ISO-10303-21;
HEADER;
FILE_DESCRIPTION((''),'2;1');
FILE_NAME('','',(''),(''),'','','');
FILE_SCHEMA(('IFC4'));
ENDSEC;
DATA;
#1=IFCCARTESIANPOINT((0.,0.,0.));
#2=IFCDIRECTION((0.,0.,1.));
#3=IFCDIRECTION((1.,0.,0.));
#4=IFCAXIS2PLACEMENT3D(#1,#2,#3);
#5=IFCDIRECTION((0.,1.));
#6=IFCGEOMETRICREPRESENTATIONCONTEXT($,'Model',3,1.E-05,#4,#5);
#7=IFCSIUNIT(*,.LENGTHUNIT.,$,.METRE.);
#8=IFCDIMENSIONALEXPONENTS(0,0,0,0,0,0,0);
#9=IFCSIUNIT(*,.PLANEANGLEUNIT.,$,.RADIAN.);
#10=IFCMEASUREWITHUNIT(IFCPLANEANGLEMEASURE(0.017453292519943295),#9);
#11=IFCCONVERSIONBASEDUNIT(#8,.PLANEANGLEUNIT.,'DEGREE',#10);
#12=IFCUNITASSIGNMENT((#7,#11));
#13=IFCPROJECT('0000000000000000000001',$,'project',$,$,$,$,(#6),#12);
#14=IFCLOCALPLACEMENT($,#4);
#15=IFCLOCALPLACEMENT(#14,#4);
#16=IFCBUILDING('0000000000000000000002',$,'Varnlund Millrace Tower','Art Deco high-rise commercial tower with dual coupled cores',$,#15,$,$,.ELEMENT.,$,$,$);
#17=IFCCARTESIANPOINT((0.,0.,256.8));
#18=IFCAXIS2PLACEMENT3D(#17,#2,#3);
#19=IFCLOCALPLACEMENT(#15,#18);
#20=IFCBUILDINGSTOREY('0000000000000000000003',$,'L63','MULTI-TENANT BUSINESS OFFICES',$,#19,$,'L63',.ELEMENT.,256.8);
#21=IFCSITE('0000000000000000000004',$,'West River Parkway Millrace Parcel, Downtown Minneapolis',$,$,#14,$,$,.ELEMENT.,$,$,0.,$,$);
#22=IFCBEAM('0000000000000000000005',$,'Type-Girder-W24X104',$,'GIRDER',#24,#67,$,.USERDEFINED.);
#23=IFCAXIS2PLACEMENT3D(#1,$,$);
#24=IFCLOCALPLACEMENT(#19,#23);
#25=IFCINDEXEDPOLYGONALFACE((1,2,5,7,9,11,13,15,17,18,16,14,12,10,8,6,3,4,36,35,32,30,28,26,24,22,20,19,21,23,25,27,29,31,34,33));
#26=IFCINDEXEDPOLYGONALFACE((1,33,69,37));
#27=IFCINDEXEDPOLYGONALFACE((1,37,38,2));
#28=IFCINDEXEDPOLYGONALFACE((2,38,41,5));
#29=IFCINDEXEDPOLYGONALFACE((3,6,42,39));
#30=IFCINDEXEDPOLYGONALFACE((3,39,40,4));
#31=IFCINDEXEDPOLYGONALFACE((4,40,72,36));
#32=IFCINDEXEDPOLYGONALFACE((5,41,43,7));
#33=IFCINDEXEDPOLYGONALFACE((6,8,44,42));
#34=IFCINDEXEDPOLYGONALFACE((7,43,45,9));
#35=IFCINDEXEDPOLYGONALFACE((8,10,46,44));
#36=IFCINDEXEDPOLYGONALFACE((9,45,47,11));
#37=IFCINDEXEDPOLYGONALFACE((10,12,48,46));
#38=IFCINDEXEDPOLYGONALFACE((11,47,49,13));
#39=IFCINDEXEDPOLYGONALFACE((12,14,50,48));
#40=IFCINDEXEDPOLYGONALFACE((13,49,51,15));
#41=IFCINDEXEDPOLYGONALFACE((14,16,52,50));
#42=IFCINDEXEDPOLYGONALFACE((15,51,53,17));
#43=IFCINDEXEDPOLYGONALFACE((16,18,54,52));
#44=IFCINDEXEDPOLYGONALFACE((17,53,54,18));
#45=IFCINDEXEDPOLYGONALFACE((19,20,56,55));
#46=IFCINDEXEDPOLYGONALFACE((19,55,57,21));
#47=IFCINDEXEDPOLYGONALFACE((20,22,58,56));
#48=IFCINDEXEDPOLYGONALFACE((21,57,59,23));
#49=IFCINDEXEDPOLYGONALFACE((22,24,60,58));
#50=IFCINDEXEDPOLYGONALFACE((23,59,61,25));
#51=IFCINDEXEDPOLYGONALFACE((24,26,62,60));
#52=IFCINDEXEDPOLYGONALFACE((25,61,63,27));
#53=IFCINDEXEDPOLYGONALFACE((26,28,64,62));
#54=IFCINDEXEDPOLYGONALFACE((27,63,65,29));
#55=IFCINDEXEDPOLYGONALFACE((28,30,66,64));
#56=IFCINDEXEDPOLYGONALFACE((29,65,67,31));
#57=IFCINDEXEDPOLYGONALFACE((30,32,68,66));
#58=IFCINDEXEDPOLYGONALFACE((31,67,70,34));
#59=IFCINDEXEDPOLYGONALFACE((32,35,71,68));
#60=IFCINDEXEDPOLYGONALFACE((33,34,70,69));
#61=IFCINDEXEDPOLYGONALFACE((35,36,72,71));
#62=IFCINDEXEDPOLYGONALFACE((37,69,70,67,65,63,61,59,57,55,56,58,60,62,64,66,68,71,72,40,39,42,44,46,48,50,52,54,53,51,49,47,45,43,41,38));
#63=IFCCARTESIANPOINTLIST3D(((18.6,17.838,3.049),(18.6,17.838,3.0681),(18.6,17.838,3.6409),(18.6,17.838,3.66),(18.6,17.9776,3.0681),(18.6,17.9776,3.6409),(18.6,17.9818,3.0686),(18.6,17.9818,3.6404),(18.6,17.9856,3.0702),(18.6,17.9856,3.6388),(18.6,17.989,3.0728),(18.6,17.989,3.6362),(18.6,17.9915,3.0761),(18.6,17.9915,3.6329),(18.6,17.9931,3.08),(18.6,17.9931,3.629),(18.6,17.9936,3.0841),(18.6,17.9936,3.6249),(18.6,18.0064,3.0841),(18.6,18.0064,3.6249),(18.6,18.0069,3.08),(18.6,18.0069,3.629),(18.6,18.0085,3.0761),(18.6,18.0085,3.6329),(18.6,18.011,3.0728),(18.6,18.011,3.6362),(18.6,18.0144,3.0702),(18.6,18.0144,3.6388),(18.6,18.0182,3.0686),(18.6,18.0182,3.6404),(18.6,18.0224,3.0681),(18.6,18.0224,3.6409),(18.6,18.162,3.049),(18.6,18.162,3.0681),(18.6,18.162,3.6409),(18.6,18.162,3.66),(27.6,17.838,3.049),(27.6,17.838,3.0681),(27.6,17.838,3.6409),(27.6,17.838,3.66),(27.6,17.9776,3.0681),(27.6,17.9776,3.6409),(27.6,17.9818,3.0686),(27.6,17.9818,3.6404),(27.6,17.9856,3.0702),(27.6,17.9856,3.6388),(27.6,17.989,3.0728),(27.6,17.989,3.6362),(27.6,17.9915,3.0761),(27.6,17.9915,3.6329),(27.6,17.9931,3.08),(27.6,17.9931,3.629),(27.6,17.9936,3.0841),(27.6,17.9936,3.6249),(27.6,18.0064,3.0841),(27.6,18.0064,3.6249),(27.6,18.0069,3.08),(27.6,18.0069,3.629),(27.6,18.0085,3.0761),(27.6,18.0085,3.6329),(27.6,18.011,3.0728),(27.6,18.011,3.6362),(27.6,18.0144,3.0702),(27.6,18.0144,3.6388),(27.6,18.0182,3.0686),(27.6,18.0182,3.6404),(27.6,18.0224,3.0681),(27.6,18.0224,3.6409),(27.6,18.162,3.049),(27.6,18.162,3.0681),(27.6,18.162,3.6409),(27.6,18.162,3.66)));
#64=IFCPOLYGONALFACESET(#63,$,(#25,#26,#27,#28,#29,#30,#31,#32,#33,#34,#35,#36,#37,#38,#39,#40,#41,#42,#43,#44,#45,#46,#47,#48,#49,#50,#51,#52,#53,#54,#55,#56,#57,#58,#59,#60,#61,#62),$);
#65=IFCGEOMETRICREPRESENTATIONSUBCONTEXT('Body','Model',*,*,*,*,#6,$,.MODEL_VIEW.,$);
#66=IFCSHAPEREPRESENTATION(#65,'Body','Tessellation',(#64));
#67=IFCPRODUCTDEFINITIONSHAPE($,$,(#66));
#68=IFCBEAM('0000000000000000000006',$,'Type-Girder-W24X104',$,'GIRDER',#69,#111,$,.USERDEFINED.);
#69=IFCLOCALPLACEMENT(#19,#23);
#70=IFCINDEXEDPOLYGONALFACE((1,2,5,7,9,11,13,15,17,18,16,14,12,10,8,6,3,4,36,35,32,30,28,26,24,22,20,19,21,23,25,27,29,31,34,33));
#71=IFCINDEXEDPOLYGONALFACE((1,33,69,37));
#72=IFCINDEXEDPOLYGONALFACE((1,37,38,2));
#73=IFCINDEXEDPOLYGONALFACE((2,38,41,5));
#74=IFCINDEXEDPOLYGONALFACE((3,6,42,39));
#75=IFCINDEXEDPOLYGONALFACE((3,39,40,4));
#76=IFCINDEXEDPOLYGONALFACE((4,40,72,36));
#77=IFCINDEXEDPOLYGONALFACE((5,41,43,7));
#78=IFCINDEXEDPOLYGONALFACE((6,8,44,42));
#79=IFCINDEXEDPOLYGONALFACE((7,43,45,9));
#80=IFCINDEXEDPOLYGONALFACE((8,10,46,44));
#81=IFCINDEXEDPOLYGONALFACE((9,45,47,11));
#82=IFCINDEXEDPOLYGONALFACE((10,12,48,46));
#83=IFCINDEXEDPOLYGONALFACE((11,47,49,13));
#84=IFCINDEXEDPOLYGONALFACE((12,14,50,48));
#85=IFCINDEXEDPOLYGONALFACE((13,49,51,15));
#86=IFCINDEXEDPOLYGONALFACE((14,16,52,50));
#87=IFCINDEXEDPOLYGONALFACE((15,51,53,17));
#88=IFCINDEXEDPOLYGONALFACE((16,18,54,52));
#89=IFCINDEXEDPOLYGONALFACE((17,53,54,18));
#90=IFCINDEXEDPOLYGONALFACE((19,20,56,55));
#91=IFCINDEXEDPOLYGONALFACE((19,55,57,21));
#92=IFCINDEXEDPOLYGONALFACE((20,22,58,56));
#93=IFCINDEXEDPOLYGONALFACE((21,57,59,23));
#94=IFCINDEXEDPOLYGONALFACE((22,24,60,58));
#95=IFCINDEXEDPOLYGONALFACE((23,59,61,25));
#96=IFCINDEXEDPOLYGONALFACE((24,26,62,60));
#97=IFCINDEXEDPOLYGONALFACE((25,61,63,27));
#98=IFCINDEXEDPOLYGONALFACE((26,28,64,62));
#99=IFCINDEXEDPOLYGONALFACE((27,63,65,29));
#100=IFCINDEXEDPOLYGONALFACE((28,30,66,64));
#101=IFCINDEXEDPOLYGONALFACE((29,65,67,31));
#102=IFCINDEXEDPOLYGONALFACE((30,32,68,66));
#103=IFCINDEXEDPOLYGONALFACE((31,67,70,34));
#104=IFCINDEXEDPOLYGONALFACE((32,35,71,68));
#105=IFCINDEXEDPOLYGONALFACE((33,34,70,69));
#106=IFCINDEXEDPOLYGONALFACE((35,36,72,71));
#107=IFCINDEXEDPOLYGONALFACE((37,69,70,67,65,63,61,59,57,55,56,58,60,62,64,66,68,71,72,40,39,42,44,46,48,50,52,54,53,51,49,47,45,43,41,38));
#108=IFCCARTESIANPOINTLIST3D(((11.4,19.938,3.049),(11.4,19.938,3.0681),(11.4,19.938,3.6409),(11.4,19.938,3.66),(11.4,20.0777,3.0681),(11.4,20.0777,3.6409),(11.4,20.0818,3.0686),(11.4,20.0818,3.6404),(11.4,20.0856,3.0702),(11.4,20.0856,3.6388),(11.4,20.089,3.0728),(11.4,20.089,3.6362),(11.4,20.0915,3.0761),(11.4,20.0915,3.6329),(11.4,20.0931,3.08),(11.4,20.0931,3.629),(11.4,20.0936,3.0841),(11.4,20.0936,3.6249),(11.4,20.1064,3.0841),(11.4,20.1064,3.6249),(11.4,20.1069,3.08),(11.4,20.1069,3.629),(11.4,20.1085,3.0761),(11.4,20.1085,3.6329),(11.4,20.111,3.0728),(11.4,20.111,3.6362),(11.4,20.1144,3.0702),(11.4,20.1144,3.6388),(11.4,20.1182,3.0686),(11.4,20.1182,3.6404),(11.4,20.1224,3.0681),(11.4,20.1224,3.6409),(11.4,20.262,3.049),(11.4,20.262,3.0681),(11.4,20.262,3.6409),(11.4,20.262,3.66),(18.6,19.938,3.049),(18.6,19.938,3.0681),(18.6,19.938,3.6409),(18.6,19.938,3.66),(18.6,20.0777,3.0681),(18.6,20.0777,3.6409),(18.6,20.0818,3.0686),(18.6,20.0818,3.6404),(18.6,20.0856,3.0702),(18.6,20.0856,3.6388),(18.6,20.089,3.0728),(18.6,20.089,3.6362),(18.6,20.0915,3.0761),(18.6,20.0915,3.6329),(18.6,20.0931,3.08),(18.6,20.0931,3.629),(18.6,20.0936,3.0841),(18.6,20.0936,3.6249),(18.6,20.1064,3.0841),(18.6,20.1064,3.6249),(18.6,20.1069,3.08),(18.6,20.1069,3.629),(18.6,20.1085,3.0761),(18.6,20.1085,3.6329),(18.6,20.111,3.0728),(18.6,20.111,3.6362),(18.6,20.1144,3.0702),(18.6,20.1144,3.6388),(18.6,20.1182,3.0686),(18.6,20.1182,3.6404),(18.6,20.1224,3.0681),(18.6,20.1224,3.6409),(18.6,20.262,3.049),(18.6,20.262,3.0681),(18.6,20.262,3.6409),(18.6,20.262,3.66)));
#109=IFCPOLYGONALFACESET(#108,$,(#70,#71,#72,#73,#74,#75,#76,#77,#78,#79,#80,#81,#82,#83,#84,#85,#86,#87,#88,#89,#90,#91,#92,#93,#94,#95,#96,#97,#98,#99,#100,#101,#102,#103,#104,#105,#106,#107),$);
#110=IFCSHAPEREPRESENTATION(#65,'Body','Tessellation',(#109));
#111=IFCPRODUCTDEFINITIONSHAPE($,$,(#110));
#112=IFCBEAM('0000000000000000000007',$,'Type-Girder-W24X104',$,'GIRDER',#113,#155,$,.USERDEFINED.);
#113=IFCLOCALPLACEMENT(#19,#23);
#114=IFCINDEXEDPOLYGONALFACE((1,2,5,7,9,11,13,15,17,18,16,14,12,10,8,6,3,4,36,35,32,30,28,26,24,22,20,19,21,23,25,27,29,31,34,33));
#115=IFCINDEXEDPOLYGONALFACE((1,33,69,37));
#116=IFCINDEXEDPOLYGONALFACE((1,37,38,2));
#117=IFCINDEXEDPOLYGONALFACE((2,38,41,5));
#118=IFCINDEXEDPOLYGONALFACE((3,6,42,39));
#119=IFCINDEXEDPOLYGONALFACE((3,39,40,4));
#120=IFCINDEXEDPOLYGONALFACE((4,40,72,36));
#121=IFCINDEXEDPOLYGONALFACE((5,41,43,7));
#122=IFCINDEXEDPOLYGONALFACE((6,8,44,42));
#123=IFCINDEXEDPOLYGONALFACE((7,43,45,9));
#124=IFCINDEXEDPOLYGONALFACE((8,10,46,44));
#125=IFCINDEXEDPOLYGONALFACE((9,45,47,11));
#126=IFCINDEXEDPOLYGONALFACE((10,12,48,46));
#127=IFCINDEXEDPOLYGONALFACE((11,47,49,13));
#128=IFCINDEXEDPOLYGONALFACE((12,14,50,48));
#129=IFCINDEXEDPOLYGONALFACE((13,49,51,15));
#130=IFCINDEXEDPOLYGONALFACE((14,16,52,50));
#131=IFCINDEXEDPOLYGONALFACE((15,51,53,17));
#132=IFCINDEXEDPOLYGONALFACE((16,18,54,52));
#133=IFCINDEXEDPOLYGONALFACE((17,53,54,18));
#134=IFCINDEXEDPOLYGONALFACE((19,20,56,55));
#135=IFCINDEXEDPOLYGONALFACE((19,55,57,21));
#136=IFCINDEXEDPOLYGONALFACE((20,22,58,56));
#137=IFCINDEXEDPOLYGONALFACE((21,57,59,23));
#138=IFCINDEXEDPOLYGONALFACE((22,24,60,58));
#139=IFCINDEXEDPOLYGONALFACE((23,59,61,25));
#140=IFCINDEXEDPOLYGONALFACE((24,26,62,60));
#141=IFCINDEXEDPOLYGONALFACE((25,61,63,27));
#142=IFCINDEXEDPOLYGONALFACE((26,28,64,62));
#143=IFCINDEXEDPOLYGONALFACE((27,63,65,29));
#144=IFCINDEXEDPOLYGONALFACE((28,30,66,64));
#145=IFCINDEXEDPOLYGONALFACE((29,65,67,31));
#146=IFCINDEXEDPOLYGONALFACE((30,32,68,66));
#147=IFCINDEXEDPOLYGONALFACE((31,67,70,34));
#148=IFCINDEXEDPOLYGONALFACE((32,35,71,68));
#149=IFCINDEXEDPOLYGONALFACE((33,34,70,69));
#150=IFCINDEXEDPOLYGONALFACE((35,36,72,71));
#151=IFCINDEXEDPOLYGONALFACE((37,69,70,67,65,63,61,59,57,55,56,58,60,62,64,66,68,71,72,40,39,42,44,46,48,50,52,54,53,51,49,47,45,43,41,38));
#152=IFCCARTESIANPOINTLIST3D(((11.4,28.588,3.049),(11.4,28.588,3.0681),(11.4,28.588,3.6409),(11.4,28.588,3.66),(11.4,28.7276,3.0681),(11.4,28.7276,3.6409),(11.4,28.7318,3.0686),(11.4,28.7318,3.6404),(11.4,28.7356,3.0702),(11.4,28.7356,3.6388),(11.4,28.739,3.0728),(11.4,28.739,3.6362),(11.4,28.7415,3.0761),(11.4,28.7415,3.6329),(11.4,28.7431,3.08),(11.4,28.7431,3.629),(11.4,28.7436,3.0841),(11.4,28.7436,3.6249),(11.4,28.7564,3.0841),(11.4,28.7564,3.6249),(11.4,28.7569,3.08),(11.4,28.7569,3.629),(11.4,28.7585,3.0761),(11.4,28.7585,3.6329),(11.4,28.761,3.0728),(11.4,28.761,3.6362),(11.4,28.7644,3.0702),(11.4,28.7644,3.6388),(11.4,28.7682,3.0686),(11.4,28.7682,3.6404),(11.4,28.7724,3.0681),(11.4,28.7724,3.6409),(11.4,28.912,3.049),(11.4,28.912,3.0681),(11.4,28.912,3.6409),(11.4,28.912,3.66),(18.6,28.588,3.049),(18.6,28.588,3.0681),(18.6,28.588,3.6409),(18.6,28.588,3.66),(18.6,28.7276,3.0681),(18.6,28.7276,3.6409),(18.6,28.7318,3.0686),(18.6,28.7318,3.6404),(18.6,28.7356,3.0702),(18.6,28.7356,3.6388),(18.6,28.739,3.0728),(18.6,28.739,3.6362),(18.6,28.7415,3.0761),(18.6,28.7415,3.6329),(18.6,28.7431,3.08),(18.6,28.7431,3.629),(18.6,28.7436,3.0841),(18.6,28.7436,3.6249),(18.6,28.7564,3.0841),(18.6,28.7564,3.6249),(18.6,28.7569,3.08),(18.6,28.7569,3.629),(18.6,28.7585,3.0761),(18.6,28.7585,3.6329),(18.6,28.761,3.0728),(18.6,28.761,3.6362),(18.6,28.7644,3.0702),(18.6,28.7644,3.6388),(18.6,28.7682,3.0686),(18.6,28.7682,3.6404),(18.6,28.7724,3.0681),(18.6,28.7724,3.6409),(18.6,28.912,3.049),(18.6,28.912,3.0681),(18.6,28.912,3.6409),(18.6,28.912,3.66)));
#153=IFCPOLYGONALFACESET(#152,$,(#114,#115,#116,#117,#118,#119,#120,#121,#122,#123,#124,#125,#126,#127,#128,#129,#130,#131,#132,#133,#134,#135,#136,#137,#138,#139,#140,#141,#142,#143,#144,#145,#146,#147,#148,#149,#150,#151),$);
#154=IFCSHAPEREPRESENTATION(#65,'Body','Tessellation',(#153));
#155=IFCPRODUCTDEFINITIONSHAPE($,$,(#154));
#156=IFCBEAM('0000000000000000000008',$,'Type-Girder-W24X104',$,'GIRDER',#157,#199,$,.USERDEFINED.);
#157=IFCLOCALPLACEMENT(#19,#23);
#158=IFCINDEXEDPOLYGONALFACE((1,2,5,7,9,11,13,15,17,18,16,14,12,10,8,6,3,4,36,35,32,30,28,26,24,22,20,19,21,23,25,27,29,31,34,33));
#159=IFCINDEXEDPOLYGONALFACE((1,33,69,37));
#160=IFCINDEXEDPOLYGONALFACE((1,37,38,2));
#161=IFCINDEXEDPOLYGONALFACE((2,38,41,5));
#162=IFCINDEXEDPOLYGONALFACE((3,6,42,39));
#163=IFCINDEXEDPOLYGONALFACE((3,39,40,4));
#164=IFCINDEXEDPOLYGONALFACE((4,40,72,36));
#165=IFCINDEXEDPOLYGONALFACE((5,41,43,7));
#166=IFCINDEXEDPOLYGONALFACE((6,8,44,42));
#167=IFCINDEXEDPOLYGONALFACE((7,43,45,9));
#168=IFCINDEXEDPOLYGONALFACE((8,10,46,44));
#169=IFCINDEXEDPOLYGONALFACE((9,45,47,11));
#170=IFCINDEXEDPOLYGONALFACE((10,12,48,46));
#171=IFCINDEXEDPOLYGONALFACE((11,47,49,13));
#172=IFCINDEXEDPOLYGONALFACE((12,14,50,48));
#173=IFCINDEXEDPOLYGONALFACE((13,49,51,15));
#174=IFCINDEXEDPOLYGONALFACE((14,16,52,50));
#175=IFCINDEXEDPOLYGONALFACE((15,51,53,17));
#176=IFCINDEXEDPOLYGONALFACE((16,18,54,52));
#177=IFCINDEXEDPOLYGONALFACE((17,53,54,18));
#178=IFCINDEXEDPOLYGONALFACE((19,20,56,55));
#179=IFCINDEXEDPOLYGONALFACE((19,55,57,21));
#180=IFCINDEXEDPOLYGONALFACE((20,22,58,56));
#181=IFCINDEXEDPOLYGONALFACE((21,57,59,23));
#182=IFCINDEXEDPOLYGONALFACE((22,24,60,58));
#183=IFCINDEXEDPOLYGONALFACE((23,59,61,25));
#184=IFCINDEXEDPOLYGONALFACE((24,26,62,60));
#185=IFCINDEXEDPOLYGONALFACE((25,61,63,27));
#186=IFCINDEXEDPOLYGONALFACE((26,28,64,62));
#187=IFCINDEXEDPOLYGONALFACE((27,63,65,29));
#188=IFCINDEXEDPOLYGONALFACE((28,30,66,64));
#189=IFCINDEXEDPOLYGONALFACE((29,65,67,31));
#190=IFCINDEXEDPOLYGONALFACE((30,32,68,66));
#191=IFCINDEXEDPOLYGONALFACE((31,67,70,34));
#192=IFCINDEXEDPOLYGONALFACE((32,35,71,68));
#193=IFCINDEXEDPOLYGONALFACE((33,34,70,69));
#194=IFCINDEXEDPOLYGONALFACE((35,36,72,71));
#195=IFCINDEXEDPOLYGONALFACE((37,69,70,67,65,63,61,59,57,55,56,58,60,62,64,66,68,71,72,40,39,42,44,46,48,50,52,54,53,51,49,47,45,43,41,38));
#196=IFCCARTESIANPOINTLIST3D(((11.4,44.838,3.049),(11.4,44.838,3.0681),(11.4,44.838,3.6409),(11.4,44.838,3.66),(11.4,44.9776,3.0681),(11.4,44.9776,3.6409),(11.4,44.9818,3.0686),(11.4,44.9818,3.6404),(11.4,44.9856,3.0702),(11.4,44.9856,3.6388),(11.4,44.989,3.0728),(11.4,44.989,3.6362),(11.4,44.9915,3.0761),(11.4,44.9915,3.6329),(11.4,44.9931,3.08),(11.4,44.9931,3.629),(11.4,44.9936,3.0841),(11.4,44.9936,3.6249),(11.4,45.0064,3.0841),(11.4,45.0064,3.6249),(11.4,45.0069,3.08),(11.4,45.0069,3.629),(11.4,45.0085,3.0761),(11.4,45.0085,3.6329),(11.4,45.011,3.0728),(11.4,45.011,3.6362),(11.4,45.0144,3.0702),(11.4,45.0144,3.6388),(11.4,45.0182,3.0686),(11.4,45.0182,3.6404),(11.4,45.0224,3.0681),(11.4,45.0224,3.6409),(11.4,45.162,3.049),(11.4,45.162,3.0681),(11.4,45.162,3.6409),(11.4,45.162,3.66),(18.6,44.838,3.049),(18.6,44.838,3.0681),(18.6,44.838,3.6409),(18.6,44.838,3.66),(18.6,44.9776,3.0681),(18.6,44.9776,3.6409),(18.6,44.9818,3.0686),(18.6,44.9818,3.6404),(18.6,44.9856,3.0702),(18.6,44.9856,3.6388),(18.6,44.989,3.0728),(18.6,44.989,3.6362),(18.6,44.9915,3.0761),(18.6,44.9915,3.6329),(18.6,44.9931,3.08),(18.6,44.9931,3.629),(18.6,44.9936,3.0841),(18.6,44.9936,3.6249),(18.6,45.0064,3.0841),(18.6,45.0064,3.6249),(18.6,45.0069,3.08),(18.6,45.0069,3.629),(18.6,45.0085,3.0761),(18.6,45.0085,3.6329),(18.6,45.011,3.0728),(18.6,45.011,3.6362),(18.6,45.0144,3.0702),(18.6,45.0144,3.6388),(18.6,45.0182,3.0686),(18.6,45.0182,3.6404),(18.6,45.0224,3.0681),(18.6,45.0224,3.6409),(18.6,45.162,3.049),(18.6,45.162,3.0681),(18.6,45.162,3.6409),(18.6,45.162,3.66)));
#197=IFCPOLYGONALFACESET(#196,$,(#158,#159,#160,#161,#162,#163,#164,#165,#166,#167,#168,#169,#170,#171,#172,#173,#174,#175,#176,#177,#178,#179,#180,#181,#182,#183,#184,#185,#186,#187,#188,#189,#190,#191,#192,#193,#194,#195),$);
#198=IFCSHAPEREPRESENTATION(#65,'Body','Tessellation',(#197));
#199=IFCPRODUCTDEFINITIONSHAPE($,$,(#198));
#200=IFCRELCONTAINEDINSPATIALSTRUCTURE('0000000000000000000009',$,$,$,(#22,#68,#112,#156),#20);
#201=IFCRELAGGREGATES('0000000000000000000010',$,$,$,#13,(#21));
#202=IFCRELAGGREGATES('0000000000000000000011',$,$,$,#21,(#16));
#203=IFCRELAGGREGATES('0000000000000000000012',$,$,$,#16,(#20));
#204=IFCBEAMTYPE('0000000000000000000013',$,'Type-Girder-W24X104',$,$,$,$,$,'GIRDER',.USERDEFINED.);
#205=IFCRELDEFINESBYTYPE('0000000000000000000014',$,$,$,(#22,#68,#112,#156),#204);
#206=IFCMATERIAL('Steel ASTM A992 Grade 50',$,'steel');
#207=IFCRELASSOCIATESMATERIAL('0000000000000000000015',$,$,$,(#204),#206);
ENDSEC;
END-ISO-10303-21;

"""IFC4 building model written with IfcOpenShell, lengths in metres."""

from ifc_helpers import new_model, entity, si_unit, converted_unit, direction, frame, origin_with_axes, origin_2d_with_axis, place, context, subcontext, project, spatial, i_section, extrude, material, material_profile, profile_set, type_object, element, save


model = new_model("IFC4")

# Units and contexts
model_context = context("Model", 3, precision=1e-05, world=origin_with_axes(), true_north=direction((0.0, 1.0)))
body_context = subcontext(model_context, "Body", "Model", "MODEL_VIEW")
ifc_project = project(units=[si_unit("LENGTHUNIT", "METRE"), converted_unit("PLANEANGLEUNIT", "DEGREE", entity("IfcPlaneAngleMeasure", 0.017453292519943295), si_unit("PLANEANGLEUNIT", "RADIAN"), dimensions=[0, 0, 0, 0, 0, 0, 0])], contexts=[model_context])

# Site, building, storey
site_placement = place(None, origin_with_axes())
site = spatial("IfcSite", under=ifc_project, at=site_placement, Name="West River Parkway Millrace Parcel, Downtown Minneapolis", CompositionType="ELEMENT", RefElevation=0.0)
building_placement = place(site_placement, origin_with_axes())
building = spatial("IfcBuilding", under=site, at=building_placement, Name="Varnlund Millrace Tower", Description="Art Deco high-rise commercial tower with dual coupled cores", CompositionType="ELEMENT")
storey_placement = place(building_placement, frame((0.0, 0.0, 256.8), z_axis=(0.0, 0.0, 1.0), x_axis=(1.0, 0.0, 0.0)))
storey = spatial("IfcBuildingStorey", under=building, at=storey_placement, Name="L63", Description="MULTI-TENANT BUSINESS OFFICES", LongName="L63", CompositionType="ELEMENT", Elevation=256.8)

# Beams
ifc_material_1 = material(Name="Steel ASTM A992 Grade 50", Category="steel")
ifc_material_profile_1 = material_profile(ifc_material_1, i_section(OverallWidth=0.324, OverallDepth=0.611, WebThickness=0.0127, FlangeThickness=0.0191, FilletRadius=0.016, at=origin_2d_with_axis()), Name="Steel ASTM A992 Grade 50")
ifc_profile_set_1 = profile_set([ifc_material_profile_1], Name="Steel ASTM A992 Grade 50")
beam_type_1 = type_object("IfcBeamType", Name="Type-Girder-W24X104", ElementType="GIRDER", PredefinedType="USERDEFINED", material=ifc_profile_set_1)
beam_1_placement = place(storey_placement, frame((18.6, 18.0, 3.3545), z_axis=(1.0, 0.0, 0.0), x_axis=(0.0, 1.0, 0.0)))
element("IfcBeam", 1, at=beam_1_placement, inside=storey, type_object=beam_type_1, Name="Type-Girder-W24X104", ObjectType="GIRDER", PredefinedType="USERDEFINED", context=body_context, shape_type="SweptSolid", body=[
    extrude(i_section(OverallWidth=0.324, OverallDepth=0.611, WebThickness=0.0127, FlangeThickness=0.0191, FilletRadius=0.016, at=origin_2d_with_axis()), origin_with_axes(), (0.0, 0.0, 1.0), 9.0),
])
for number, where, z_axis, x_axis, name in (
    (2, (11.4, 20.1, 3.3545), (1.0, 0.0, 0.0), (0.0, 1.0, 0.0), "Type-Girder-W24X104"),
    (3, (11.4, 28.75, 3.3545), (1.0, 0.0, 0.0), (0.0, 1.0, 0.0), "Type-Girder-W24X104"),
    (4, (11.4, 45.0, 3.3545), (1.0, 0.0, 0.0), (0.0, 1.0, 0.0), "Type-Girder-W24X104"),
):
    element("IfcBeam", number, at=place(storey_placement, frame(where, z_axis=z_axis, x_axis=x_axis)), inside=storey, type_object=beam_type_1, Name=name, ObjectType="GIRDER", PredefinedType="USERDEFINED", context=body_context, shape_type="SweptSolid", body=[
        extrude(i_section(OverallWidth=0.324, OverallDepth=0.611, WebThickness=0.0127, FlangeThickness=0.0191, FilletRadius=0.016, at=origin_2d_with_axis()), origin_with_axes(), (0.0, 0.0, 1.0), 7.2),
    ])

save(model, "model.ifc")
